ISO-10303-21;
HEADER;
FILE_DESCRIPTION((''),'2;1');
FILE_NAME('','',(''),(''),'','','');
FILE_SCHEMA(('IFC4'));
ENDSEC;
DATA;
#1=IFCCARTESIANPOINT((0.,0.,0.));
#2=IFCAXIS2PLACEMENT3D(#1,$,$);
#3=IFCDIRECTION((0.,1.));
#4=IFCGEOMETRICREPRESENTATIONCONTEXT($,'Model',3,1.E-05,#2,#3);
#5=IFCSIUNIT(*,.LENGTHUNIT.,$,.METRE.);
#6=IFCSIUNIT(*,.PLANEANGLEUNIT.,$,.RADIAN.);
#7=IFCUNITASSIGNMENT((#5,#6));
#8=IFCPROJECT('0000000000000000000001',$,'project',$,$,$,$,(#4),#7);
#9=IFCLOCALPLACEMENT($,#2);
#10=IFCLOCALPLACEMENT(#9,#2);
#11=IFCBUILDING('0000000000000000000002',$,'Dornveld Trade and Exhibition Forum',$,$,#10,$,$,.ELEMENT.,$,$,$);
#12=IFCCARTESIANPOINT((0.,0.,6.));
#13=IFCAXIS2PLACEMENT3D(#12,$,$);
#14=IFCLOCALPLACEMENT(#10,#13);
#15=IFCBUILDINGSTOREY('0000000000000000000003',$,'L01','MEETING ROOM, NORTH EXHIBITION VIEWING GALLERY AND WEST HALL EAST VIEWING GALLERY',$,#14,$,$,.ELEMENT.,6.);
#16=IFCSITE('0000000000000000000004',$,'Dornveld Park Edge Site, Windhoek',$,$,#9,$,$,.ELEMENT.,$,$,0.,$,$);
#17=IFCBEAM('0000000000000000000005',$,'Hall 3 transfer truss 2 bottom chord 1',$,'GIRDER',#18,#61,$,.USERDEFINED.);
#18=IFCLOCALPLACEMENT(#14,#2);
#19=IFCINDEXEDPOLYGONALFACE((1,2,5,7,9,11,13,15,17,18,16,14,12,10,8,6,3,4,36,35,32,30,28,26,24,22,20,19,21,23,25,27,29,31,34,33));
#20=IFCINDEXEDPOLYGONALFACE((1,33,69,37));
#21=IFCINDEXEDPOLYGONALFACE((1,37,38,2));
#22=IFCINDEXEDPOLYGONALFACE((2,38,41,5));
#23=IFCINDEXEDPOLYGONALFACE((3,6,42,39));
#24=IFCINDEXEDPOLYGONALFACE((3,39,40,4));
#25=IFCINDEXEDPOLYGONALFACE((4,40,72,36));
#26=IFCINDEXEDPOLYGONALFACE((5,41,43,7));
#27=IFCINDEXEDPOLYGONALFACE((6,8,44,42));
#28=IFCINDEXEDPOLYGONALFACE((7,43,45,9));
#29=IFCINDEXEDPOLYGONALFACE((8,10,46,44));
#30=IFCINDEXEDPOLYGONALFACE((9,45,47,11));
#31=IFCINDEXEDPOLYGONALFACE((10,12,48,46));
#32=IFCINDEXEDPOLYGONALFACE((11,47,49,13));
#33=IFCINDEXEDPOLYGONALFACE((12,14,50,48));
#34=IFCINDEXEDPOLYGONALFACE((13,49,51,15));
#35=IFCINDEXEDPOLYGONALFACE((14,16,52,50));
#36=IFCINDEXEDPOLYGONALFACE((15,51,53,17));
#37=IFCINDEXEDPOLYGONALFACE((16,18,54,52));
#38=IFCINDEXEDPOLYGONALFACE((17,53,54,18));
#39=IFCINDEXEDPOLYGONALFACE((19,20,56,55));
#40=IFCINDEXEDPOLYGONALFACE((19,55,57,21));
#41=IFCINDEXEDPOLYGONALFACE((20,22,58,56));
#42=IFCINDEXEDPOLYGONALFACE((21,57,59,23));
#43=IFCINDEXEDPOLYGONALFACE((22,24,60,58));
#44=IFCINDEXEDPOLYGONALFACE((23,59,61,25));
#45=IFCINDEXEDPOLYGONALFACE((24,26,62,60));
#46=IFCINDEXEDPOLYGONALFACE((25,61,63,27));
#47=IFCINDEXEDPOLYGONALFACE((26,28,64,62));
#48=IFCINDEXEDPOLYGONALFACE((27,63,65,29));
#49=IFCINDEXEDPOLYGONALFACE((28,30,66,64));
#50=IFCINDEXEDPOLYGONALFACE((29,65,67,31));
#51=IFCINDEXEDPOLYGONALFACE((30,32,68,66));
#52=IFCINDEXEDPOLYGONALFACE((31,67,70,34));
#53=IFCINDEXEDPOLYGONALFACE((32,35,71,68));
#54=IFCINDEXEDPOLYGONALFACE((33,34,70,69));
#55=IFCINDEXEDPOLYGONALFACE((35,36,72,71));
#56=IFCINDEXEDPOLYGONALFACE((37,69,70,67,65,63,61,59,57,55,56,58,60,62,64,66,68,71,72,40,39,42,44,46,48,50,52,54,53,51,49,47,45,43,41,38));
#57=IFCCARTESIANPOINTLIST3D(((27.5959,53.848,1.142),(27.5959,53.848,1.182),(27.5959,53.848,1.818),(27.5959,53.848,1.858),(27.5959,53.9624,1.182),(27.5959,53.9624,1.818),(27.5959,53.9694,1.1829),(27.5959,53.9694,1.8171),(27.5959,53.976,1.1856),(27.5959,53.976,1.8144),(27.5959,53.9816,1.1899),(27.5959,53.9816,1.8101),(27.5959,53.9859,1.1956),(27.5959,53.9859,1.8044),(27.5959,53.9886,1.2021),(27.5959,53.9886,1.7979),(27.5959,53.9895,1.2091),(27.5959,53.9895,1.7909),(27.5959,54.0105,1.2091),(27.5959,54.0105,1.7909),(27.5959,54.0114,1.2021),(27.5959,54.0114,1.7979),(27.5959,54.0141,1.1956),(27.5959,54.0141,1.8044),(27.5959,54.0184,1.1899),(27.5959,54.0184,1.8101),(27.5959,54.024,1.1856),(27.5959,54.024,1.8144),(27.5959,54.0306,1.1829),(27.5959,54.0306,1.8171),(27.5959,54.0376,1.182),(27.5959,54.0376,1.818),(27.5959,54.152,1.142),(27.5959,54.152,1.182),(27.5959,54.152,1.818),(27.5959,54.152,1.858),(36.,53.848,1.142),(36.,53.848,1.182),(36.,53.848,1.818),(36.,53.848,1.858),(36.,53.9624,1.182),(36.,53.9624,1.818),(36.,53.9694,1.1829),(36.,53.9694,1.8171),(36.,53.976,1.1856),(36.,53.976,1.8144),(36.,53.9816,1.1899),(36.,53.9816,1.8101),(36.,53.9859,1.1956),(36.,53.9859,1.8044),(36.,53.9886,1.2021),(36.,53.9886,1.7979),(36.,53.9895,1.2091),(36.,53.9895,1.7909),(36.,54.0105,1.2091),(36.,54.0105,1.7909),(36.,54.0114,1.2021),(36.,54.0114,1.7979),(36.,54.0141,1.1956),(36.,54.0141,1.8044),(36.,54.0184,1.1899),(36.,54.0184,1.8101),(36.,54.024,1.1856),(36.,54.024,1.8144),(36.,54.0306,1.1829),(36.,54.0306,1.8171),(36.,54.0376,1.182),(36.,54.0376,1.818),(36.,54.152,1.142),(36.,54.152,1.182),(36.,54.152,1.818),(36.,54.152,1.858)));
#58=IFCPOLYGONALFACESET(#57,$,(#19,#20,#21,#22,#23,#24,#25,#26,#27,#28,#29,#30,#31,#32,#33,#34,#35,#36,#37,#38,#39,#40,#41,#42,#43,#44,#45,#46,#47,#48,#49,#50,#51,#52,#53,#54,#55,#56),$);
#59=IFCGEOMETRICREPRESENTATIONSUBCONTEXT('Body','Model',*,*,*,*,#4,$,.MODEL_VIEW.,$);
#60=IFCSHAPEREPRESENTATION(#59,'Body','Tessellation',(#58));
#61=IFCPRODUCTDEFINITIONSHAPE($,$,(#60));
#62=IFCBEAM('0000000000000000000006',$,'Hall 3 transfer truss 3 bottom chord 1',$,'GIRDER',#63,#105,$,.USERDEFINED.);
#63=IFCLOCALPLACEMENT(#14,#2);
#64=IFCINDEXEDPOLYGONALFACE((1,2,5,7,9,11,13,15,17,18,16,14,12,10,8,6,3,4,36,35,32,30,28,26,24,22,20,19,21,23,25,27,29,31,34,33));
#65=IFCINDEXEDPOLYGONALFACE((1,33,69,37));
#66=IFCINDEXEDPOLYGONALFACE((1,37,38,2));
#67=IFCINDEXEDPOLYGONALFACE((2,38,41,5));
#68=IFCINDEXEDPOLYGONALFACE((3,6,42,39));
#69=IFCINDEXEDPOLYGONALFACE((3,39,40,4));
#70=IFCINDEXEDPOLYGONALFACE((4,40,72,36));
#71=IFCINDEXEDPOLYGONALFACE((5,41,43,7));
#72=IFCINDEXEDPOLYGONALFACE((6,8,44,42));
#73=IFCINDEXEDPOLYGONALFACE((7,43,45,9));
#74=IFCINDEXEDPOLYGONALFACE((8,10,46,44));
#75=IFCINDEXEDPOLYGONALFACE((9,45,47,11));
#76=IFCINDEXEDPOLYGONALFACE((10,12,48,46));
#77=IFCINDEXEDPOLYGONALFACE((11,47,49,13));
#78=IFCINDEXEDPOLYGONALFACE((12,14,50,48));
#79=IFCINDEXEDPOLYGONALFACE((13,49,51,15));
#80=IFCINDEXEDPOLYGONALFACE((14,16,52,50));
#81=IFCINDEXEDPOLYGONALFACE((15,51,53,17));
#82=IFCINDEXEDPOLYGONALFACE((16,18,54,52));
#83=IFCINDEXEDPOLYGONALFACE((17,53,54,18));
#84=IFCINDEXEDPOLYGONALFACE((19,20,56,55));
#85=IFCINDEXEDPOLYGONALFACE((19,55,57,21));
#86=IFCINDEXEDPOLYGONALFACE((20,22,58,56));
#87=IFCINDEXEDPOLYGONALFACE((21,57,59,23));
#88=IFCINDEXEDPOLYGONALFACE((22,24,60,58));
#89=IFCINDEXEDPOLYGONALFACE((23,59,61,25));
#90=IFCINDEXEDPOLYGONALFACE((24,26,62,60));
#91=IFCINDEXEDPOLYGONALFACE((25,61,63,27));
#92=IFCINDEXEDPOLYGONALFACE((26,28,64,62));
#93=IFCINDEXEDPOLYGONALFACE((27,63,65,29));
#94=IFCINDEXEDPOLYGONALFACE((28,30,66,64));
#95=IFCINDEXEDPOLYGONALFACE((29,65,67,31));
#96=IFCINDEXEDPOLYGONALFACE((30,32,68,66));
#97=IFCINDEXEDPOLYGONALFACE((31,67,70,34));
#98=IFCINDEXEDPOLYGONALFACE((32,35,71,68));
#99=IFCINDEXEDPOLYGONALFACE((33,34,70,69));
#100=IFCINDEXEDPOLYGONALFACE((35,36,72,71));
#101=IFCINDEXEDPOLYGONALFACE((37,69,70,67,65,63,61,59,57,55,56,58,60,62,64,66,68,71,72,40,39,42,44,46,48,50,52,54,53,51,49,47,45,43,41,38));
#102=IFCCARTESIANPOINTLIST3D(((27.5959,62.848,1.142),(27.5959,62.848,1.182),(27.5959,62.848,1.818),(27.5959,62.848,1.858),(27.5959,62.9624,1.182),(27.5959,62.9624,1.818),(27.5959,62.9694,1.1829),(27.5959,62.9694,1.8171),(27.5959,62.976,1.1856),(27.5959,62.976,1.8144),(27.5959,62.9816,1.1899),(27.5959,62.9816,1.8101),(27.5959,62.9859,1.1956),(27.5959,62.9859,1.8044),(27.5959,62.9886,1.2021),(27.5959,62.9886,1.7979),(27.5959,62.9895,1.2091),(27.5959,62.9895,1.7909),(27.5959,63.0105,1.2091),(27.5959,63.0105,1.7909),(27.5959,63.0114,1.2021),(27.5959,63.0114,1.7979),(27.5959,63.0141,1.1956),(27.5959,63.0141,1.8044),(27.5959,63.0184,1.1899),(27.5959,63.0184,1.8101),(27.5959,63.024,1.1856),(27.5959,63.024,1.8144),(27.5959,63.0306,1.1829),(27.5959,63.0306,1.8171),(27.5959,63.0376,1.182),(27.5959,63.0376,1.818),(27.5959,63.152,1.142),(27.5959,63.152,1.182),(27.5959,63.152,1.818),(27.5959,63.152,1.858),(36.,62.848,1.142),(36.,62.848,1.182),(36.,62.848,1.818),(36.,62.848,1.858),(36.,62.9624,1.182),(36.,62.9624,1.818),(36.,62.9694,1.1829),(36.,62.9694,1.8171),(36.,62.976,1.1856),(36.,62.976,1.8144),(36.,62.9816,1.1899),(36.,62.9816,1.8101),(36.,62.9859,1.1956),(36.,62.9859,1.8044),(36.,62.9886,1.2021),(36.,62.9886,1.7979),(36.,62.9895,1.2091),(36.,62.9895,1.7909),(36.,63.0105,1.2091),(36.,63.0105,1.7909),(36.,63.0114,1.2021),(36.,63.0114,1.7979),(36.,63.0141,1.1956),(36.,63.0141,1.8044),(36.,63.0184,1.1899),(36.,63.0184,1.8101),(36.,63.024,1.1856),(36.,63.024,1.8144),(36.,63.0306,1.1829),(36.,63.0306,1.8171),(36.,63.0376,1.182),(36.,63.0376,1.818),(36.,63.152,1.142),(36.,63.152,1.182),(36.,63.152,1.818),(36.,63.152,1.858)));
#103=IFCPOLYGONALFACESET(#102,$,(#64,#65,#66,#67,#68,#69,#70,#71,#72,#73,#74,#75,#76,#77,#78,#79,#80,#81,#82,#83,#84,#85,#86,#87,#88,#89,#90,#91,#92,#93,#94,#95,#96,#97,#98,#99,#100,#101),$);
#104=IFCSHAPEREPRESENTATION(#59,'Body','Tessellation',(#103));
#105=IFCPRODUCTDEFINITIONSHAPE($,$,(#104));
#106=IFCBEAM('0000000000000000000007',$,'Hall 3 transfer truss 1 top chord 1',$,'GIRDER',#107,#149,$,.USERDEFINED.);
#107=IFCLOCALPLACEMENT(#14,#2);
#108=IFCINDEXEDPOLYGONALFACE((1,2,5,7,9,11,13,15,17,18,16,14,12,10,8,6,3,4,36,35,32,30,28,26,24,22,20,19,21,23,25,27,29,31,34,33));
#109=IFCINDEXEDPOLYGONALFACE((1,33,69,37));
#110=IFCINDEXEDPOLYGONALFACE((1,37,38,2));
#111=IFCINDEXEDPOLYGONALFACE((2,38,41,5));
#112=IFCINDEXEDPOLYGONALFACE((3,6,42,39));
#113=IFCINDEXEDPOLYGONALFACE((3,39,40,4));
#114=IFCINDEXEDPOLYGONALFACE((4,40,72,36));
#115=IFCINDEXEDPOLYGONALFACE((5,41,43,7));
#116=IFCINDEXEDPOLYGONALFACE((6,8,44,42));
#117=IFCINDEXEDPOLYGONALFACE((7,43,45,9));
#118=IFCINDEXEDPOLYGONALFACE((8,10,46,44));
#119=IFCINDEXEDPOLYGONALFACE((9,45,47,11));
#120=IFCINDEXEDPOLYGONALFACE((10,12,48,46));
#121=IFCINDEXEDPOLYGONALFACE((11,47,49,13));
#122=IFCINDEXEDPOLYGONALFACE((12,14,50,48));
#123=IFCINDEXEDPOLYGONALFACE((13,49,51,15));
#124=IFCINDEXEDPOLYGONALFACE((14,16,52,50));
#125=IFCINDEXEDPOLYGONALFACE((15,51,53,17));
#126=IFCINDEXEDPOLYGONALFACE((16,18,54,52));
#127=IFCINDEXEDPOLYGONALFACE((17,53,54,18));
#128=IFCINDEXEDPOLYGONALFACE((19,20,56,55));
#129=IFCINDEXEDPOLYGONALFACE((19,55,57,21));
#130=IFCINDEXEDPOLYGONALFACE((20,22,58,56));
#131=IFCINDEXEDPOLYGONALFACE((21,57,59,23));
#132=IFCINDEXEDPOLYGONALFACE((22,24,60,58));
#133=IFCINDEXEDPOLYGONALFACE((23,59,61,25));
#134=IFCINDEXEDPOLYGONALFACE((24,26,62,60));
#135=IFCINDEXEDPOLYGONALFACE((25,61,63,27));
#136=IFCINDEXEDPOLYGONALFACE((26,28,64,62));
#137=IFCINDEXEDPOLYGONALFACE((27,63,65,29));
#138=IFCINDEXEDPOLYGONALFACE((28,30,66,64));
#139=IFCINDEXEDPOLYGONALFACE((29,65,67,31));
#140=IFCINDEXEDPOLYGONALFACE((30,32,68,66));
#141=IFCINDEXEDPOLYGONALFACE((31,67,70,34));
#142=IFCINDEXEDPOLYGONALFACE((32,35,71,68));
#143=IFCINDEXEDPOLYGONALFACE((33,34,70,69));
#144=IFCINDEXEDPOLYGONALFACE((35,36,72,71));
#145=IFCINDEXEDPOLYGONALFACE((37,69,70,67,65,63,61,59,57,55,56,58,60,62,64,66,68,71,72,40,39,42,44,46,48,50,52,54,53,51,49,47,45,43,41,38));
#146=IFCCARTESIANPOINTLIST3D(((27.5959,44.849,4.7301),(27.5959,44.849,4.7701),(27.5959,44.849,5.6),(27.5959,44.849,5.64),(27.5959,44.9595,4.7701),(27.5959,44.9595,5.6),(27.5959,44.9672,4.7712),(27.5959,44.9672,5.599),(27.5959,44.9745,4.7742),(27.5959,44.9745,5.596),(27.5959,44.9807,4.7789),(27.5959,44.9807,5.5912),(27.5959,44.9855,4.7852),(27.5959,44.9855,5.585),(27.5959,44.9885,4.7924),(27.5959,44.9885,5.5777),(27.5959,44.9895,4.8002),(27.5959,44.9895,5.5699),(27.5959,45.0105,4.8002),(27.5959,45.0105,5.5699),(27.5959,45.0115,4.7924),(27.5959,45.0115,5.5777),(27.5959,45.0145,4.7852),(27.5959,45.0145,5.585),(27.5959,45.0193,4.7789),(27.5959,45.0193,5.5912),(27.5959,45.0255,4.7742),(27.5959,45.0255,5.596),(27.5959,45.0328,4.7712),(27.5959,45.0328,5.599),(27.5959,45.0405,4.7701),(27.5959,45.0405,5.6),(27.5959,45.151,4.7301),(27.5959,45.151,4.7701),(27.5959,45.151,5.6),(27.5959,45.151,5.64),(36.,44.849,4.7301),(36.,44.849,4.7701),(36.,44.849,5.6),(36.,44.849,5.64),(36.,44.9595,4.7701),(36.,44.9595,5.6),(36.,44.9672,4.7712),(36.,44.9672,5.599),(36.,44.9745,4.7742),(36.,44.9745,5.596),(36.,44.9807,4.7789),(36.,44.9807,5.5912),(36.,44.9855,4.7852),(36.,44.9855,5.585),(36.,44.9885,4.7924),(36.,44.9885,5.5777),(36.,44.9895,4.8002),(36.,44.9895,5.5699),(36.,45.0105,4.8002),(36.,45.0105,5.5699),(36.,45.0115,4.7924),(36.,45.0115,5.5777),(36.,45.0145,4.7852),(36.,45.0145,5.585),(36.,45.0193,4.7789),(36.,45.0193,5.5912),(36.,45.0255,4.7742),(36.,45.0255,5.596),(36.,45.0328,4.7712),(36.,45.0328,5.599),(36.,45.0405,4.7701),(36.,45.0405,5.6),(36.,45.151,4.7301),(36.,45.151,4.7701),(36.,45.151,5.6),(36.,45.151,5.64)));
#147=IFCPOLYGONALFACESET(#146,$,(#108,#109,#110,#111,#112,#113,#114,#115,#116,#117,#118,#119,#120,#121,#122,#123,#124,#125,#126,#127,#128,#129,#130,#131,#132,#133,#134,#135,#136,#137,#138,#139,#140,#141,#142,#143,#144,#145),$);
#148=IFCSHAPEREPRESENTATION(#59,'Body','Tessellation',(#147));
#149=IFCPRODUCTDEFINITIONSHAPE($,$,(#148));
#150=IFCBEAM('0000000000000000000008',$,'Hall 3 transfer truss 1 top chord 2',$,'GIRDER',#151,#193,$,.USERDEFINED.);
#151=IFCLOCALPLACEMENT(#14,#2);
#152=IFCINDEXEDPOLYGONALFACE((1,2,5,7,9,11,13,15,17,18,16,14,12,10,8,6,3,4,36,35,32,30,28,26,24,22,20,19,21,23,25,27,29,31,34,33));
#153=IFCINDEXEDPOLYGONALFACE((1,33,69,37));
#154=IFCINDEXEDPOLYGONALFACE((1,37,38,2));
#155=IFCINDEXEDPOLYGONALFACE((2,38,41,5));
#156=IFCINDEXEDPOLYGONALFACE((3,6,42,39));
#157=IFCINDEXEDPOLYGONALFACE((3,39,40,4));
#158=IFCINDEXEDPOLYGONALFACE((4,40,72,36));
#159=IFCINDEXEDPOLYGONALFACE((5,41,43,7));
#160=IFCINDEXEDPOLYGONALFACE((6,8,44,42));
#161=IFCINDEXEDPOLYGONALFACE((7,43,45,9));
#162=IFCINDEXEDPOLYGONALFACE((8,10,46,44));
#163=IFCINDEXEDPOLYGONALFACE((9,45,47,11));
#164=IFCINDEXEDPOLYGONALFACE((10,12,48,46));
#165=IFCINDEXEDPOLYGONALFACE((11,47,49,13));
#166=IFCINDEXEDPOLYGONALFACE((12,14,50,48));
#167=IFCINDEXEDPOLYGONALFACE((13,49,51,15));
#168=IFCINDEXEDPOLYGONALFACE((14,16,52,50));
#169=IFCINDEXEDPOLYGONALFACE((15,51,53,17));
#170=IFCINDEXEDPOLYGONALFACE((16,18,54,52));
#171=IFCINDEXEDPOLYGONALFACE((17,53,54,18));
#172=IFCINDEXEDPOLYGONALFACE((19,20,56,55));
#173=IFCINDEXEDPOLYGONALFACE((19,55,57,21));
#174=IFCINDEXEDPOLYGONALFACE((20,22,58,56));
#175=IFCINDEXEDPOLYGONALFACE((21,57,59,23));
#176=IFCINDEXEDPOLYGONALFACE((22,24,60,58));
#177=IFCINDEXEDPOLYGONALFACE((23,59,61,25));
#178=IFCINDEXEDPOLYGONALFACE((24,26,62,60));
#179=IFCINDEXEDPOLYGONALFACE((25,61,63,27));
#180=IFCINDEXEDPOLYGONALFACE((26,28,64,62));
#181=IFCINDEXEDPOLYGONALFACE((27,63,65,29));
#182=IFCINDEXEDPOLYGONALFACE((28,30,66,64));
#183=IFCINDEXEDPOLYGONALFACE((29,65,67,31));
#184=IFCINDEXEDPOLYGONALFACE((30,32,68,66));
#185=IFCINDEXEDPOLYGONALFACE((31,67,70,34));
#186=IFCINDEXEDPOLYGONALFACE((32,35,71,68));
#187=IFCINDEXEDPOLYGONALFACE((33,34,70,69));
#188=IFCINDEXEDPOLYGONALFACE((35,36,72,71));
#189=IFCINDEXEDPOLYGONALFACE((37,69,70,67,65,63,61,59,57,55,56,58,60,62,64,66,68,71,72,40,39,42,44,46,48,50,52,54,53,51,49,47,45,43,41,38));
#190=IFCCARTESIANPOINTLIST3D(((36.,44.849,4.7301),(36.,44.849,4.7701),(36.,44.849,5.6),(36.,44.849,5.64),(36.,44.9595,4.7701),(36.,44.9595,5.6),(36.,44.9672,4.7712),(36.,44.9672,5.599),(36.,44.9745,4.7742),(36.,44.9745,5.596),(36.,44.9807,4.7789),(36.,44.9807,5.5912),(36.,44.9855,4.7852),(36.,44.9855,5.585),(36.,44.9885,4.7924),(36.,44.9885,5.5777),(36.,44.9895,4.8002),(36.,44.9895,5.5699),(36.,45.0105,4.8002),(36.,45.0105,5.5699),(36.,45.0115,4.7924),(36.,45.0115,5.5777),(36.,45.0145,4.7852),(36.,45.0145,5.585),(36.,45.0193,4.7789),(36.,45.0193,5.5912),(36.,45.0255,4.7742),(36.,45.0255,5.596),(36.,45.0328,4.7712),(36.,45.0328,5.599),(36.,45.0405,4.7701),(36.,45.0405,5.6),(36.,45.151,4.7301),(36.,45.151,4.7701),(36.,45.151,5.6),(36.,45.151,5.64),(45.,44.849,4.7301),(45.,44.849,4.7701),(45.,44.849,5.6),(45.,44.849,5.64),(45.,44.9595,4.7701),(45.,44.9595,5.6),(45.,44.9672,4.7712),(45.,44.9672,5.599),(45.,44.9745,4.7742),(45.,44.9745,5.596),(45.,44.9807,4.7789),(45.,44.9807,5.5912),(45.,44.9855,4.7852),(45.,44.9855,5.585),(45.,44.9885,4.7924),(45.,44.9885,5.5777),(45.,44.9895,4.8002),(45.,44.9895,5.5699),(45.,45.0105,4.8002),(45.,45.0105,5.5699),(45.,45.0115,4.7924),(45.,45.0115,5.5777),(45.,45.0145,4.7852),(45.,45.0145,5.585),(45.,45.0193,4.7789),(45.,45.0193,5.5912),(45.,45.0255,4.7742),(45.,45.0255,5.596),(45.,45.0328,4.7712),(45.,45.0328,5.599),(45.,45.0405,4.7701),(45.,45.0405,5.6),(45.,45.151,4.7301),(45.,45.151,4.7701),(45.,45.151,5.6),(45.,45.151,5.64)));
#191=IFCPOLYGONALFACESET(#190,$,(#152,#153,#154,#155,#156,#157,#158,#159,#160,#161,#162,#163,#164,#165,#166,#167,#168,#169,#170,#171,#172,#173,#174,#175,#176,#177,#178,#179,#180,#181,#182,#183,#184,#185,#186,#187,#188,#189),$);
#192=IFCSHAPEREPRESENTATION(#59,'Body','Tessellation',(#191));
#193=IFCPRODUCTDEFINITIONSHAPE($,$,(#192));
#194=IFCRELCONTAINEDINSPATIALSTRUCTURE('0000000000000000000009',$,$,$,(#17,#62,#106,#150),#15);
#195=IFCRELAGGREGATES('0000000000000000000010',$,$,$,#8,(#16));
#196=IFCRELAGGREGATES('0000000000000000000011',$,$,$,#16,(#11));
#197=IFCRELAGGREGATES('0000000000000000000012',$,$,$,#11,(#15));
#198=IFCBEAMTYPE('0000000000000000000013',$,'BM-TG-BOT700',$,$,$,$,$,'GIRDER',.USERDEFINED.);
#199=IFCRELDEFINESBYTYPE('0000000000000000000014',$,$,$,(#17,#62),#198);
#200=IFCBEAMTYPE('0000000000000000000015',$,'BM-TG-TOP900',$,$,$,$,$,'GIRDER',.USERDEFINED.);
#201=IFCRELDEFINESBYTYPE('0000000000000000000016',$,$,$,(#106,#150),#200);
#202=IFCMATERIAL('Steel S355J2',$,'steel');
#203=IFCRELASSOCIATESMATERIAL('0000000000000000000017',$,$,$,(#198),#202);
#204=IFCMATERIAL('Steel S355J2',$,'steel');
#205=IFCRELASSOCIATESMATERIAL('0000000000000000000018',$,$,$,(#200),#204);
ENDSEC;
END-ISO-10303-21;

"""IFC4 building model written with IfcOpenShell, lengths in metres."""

from ifc_helpers import new_model, si_unit, direction, frame, origin, origin_2d, place, context, subcontext, project, spatial, i_section, extrude, material, material_profile, profile_set, type_object, element, save


model = new_model("IFC4")

# Units and contexts
model_context = context("Model", 3, precision=1e-05, world=origin(), true_north=direction((0.0, 1.0)))
body_context = subcontext(model_context, "Body", "Model", "MODEL_VIEW")
ifc_project = project(units=[si_unit("LENGTHUNIT", "METRE"), si_unit("PLANEANGLEUNIT", "RADIAN")], contexts=[model_context])

# Site, building, storey
site_placement = place(None, origin())
site = spatial("IfcSite", under=ifc_project, at=site_placement, Name="Dornveld Park Edge Site, Windhoek", CompositionType="ELEMENT", RefElevation=0.0)
building_placement = place(site_placement, origin())
building = spatial("IfcBuilding", under=site, at=building_placement, Name="Dornveld Trade and Exhibition Forum", CompositionType="ELEMENT")
storey_placement = place(building_placement, frame((0.0, 0.0, 6.0)))
storey = spatial("IfcBuildingStorey", under=building, at=storey_placement, Name="L01", Description="MEETING ROOM, NORTH EXHIBITION VIEWING GALLERY AND WEST HALL EAST VIEWING GALLERY", CompositionType="ELEMENT", Elevation=6.0)

# Beams
ifc_material_1 = material(Name="Steel S355J2", Category="steel")
ifc_material_profile_1 = material_profile(ifc_material_1, i_section(OverallWidth=0.304, OverallDepth=0.7161, WebThickness=0.021, FlangeThickness=0.04, FilletRadius=0.0271, at=origin_2d()), Name="HEM 700")
ifc_profile_set_1 = profile_set([ifc_material_profile_1], Name="Steel S355J2")
beam_type_1 = type_object("IfcBeamType", Name="BM-TG-BOT700", ElementType="GIRDER", PredefinedType="USERDEFINED", material=ifc_profile_set_1)
for number, where, z_axis, x_axis, name in (
    (1, (27.5959, 54.0, 1.5), (1.0, 0.0, 0.0), (0.0, 1.0, 0.0), "Hall 3 transfer truss 2 bottom chord 1"),
    (2, (27.5959, 63.0, 1.5), (1.0, 0.0, 0.0), (0.0, 1.0, 0.0), "Hall 3 transfer truss 3 bottom chord 1"),
):
    element("IfcBeam", number, at=place(storey_placement, frame(where, z_axis=z_axis, x_axis=x_axis)), inside=storey, type_object=beam_type_1, Name=name, ObjectType="GIRDER", PredefinedType="USERDEFINED", context=body_context, shape_type="SweptSolid", body=[
        extrude(i_section(OverallWidth=0.304, OverallDepth=0.7161, WebThickness=0.021, FlangeThickness=0.04, FilletRadius=0.0271, at=origin_2d()), origin(), (0.0, 0.0, 1.0), 8.4041),
    ])
ifc_material_2 = material(Name="Steel S355J2", Category="steel")
ifc_material_profile_2 = material_profile(ifc_material_2, i_section(OverallWidth=0.302, OverallDepth=0.9099, WebThickness=0.021, FlangeThickness=0.04, FilletRadius=0.03, at=origin_2d()), Name="HEM 900")
ifc_profile_set_2 = profile_set([ifc_material_profile_2], Name="Steel S355J2")
beam_type_2 = type_object("IfcBeamType", Name="BM-TG-TOP900", ElementType="GIRDER", PredefinedType="USERDEFINED", material=ifc_profile_set_2)
beam_1_placement = place(storey_placement, frame((27.5959, 45.0, 5.1851), z_axis=(1.0, 0.0, 0.0), x_axis=(0.0, 1.0, 0.0)))
element("IfcBeam", 3, at=beam_1_placement, inside=storey, type_object=beam_type_2, Name="Hall 3 transfer truss 1 top chord 1", ObjectType="GIRDER", PredefinedType="USERDEFINED", context=body_context, shape_type="SweptSolid", body=[
    extrude(i_section(OverallWidth=0.302, OverallDepth=0.9099, WebThickness=0.021, FlangeThickness=0.04, FilletRadius=0.03, at=origin_2d()), origin(), (0.0, 0.0, 1.0), 8.4041),
])
beam_2_placement = place(storey_placement, frame((36.0, 45.0, 5.1851), z_axis=(1.0, 0.0, 0.0), x_axis=(0.0, 1.0, 0.0)))
element("IfcBeam", 4, at=beam_2_placement, inside=storey, type_object=beam_type_2, Name="Hall 3 transfer truss 1 top chord 2", ObjectType="GIRDER", PredefinedType="USERDEFINED", context=body_context, shape_type="SweptSolid", body=[
    extrude(i_section(OverallWidth=0.302, OverallDepth=0.9099, WebThickness=0.021, FlangeThickness=0.04, FilletRadius=0.03, at=origin_2d()), origin(), (0.0, 0.0, 1.0), 9.0),
])

save(model, "model.ifc")
